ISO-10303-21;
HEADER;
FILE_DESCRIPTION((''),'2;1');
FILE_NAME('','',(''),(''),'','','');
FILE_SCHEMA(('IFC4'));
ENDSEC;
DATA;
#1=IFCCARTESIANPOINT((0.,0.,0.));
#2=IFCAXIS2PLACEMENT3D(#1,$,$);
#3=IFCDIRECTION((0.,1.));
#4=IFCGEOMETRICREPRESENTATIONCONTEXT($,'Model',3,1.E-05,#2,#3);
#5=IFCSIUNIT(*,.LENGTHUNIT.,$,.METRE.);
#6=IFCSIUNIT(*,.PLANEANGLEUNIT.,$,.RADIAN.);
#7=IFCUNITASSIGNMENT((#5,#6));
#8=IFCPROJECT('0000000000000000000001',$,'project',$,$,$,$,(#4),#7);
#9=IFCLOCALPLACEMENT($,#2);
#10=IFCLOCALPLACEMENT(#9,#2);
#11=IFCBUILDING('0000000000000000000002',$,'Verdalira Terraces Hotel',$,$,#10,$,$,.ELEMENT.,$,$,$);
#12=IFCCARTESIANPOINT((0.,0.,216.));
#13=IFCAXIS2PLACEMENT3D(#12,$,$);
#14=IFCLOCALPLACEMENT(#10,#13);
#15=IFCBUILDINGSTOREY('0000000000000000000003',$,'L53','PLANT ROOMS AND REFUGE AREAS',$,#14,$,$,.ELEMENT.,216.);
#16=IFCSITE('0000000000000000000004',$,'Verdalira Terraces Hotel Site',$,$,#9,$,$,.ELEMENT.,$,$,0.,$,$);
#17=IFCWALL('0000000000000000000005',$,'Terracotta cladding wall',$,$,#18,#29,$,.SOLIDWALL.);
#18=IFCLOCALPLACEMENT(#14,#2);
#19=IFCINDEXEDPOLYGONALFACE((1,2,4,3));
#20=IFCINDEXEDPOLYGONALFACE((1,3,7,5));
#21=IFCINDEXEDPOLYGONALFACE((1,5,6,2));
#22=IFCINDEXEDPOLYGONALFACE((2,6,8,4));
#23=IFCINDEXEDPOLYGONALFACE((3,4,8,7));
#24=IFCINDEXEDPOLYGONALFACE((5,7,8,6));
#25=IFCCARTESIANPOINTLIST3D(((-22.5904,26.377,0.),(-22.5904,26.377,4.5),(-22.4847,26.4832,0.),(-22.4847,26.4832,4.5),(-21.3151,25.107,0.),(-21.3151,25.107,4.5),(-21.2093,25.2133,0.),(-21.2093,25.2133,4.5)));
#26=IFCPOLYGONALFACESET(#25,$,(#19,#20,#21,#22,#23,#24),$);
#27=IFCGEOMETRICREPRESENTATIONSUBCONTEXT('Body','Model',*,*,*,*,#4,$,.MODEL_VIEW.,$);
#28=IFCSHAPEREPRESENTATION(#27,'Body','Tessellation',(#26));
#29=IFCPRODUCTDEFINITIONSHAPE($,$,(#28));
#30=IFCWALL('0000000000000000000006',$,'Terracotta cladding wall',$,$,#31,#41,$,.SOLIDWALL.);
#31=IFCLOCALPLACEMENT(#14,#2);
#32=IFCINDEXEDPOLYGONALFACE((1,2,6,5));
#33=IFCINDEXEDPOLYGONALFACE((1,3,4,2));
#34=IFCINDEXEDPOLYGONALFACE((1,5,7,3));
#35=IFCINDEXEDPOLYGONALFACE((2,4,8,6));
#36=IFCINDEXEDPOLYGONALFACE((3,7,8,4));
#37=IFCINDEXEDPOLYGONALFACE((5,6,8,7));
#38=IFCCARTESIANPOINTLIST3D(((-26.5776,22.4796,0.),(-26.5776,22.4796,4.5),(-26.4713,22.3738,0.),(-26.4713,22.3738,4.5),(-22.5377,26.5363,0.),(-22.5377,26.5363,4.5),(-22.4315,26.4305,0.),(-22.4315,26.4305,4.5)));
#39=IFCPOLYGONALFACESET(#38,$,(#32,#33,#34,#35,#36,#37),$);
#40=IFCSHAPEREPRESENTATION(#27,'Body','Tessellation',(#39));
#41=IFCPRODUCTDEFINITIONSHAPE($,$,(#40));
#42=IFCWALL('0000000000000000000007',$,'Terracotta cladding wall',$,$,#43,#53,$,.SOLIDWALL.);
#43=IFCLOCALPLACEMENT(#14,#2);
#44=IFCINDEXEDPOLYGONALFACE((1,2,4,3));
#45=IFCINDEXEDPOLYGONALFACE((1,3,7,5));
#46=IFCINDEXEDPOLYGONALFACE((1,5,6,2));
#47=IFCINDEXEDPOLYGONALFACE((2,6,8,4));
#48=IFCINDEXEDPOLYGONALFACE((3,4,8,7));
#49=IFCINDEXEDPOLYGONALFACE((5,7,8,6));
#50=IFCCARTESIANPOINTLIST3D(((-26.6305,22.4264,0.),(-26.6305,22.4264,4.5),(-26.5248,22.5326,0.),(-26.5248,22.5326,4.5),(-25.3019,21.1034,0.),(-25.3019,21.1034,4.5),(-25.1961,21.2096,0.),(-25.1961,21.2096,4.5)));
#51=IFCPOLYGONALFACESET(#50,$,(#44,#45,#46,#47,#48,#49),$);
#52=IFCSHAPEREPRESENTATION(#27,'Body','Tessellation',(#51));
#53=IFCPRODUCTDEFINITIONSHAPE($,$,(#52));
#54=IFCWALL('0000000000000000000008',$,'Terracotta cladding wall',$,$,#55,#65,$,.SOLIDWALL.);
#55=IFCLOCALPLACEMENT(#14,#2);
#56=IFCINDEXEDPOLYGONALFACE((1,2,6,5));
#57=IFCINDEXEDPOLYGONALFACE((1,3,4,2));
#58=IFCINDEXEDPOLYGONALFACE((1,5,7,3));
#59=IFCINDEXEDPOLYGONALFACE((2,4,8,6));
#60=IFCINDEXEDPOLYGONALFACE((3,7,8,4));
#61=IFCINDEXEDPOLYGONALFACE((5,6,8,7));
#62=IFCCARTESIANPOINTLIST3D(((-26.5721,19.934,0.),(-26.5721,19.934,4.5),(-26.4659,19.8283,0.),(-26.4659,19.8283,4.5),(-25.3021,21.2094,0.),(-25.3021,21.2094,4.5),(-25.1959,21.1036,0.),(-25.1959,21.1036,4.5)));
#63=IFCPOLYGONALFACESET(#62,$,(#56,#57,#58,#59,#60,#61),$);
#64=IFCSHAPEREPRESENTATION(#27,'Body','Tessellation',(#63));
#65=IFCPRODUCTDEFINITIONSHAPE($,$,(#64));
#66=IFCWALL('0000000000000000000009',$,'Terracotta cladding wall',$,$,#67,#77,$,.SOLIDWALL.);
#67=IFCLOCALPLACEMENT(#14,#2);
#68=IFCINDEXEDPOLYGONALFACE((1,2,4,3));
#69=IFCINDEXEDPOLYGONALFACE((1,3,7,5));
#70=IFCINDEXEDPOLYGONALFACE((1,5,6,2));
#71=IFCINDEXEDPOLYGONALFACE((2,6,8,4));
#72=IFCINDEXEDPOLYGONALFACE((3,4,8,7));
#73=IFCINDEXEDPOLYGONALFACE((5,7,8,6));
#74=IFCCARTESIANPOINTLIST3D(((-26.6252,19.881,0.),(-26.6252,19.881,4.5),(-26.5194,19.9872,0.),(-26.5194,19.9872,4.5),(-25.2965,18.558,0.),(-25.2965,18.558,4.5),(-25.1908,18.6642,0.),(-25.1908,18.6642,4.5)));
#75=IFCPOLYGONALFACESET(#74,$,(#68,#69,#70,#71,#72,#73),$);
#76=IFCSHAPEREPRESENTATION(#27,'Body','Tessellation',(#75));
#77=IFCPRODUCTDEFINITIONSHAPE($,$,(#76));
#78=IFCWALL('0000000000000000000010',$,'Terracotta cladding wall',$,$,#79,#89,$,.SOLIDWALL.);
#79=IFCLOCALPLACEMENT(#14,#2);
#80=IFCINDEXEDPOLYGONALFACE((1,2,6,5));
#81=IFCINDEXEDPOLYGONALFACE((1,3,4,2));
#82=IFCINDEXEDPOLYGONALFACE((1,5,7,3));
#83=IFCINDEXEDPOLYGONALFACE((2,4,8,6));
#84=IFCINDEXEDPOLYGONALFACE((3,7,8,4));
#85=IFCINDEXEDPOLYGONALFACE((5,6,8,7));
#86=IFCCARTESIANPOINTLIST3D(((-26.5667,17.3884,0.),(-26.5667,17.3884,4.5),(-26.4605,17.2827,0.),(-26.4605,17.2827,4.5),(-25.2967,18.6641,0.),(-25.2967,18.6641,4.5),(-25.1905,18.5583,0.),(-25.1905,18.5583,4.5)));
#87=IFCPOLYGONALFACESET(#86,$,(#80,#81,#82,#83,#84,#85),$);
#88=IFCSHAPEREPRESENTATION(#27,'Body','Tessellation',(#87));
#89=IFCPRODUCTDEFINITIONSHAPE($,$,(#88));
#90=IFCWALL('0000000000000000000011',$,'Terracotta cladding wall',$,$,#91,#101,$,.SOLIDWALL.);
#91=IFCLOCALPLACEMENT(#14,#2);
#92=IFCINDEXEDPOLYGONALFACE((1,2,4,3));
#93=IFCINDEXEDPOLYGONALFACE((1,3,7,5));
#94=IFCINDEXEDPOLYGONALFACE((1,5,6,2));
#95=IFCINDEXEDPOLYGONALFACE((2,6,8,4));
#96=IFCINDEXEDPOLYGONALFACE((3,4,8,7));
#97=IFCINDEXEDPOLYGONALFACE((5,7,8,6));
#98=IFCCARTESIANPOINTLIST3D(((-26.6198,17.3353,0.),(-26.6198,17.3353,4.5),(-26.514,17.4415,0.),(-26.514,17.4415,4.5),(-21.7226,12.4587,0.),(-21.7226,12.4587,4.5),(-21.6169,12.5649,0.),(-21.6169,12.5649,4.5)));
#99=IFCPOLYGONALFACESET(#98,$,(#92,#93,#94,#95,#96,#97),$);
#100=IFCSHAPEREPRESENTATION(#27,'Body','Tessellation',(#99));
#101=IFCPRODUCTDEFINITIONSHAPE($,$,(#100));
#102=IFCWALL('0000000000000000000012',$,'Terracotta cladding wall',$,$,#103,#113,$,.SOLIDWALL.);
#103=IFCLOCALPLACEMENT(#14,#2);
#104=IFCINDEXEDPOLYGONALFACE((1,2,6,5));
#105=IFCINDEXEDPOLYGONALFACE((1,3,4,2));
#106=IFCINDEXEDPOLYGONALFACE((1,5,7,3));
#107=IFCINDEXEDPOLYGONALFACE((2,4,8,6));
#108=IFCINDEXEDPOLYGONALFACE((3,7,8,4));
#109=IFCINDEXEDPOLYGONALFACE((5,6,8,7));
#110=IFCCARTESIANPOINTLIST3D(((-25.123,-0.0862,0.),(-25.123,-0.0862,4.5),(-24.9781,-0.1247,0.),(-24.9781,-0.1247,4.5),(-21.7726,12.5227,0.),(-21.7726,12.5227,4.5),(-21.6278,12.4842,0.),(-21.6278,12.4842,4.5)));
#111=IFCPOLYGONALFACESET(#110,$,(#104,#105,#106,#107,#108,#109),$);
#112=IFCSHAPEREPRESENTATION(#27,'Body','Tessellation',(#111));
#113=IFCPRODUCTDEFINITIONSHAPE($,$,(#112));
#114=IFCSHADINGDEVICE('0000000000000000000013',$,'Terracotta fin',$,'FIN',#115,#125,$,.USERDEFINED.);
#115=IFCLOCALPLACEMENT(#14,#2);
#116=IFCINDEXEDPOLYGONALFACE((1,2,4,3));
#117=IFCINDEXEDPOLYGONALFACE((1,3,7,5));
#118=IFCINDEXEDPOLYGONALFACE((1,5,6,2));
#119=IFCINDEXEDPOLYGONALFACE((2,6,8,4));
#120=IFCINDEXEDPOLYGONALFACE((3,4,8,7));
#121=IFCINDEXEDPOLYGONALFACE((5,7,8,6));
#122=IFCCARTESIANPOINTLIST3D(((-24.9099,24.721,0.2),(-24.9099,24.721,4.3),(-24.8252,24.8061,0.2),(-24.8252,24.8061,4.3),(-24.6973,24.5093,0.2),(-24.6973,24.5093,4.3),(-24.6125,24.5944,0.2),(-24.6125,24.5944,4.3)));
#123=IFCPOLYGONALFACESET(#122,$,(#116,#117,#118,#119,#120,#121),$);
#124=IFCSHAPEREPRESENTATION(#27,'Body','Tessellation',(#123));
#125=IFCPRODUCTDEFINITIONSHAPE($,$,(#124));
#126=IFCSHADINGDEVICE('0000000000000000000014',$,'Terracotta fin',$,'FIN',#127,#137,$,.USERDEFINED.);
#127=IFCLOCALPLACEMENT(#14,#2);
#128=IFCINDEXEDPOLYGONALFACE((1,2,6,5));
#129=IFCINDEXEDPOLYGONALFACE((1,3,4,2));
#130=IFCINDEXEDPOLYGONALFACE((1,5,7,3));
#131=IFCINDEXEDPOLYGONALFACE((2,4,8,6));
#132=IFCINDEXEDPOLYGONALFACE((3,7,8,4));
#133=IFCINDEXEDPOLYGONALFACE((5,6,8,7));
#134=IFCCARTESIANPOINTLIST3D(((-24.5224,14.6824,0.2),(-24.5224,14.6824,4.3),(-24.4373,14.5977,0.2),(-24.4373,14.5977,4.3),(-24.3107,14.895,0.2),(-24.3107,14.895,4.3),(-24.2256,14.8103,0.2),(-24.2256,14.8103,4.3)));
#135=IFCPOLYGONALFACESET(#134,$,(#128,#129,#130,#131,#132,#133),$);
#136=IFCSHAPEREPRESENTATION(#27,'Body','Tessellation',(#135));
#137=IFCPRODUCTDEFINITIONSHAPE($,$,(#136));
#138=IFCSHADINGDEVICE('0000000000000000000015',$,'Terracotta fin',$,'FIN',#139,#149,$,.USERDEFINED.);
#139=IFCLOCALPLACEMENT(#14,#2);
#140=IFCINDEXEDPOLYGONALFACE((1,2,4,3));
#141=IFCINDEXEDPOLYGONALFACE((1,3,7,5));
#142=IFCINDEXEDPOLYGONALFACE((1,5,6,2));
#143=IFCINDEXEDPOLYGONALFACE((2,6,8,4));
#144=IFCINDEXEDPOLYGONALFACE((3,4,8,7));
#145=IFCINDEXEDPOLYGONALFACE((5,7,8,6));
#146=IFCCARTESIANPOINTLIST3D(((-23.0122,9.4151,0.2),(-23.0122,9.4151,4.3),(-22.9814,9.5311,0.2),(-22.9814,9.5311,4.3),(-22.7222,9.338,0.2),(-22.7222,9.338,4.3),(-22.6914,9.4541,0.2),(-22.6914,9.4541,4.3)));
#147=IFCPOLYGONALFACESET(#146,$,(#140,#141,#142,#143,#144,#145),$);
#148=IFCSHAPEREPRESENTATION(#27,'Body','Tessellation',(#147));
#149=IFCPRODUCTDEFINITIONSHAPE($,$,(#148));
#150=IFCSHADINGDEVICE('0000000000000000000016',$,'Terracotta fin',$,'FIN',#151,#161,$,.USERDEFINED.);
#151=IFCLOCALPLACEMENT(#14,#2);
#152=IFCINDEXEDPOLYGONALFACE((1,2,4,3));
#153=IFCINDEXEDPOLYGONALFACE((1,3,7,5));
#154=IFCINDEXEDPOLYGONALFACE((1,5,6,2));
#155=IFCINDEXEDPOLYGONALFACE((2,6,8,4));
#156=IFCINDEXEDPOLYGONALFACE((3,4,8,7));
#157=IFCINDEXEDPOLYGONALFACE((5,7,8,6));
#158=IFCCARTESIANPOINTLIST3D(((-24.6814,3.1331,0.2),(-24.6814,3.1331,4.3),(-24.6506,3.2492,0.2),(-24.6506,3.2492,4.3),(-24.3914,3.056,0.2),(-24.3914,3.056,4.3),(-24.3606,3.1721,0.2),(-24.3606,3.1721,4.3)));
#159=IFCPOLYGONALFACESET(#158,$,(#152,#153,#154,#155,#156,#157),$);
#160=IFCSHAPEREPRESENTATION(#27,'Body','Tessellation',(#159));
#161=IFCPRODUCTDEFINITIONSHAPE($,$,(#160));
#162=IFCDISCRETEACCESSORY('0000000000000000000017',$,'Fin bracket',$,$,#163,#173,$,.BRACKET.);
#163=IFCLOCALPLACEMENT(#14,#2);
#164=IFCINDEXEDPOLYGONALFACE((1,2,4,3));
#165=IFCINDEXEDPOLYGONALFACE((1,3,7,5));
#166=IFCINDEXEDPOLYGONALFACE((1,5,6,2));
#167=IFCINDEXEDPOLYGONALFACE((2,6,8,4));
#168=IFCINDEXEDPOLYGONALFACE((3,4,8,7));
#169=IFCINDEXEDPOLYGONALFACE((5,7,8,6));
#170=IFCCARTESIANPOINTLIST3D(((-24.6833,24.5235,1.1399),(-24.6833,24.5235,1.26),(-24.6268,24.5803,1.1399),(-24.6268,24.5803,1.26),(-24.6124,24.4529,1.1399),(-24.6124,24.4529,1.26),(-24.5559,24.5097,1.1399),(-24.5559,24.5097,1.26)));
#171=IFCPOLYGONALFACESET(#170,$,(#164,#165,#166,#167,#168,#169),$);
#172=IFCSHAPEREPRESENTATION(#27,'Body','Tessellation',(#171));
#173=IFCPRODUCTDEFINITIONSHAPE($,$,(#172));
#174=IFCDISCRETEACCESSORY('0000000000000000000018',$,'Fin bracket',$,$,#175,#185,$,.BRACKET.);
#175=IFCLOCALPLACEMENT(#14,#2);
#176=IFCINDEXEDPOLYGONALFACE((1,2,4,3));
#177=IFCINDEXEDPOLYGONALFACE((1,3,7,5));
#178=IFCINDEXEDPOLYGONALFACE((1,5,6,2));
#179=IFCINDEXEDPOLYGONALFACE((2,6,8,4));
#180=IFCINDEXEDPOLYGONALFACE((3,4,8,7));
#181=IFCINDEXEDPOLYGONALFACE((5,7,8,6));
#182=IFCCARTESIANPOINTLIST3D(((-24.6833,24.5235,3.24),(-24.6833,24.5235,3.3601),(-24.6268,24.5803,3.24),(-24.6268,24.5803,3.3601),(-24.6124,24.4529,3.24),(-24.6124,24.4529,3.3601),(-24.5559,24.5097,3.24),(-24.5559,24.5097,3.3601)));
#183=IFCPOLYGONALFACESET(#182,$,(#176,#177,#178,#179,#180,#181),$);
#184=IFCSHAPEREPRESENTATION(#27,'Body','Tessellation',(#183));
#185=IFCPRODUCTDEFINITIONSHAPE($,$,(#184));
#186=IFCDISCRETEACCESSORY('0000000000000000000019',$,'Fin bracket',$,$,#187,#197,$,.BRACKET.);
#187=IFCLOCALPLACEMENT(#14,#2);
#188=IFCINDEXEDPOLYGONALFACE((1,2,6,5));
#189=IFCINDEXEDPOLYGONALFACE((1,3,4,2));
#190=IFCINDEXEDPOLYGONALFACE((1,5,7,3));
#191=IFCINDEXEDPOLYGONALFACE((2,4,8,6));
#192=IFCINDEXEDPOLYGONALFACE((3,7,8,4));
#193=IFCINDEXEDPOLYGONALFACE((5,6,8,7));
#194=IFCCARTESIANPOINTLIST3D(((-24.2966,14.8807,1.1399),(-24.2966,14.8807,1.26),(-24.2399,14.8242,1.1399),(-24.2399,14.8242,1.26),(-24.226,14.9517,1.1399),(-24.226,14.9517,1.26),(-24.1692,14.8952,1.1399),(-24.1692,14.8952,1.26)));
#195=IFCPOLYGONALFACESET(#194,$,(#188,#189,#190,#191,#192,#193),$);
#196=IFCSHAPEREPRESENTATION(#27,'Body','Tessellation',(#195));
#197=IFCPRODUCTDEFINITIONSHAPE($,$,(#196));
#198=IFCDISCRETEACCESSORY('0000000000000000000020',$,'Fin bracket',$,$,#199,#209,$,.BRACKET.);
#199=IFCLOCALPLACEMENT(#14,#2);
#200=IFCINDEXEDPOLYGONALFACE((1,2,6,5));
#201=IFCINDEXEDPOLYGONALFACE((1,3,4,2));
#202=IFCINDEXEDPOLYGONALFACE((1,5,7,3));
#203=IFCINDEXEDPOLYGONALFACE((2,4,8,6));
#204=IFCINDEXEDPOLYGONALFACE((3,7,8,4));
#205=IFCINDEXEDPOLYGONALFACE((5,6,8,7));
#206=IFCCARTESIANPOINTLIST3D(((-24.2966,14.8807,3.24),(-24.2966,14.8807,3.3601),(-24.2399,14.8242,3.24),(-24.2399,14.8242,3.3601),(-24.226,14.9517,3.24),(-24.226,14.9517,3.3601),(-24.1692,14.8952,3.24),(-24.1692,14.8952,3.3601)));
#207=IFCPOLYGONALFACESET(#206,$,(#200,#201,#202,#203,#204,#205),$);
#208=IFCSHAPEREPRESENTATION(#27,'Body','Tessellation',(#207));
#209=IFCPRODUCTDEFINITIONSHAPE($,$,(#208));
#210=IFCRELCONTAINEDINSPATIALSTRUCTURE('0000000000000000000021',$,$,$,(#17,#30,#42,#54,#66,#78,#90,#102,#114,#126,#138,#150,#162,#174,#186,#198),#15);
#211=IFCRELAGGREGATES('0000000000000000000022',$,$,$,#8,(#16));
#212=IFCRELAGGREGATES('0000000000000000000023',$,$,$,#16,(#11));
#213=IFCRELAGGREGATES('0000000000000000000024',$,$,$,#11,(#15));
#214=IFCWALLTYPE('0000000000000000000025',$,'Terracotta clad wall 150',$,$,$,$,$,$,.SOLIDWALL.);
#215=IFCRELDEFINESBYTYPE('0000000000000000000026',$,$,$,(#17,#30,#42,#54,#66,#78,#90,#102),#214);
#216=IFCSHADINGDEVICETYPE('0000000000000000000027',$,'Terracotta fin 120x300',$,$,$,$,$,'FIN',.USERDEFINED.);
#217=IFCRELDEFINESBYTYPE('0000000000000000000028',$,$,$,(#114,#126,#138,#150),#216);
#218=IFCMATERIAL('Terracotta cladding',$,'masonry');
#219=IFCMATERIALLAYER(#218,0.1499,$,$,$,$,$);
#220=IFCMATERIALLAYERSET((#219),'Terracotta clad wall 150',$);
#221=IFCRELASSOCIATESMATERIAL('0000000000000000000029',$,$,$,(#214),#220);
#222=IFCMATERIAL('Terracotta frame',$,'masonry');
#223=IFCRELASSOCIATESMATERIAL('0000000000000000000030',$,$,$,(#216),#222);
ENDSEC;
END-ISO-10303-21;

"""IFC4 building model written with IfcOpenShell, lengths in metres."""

from ifc_helpers import new_model, si_unit, direction, frame, frame_2d, origin, origin_2d, place, context, subcontext, project, spatial, rectangle, extrude, material, layer, layer_set, material_profile, profile_set, type_object, element, save


model = new_model("IFC4")

# Units and contexts
model_context = context("Model", 3, precision=1e-05, world=origin(), true_north=direction((0.0, 1.0)))
body_context = subcontext(model_context, "Body", "Model", "MODEL_VIEW")
ifc_project = project(units=[si_unit("LENGTHUNIT", "METRE"), si_unit("PLANEANGLEUNIT", "RADIAN")], contexts=[model_context])

# Site, building, storey
site_placement = place(None, origin())
site = spatial("IfcSite", under=ifc_project, at=site_placement, Name="Verdalira Terraces Hotel Site", CompositionType="ELEMENT", RefElevation=0.0)
building_placement = place(site_placement, origin())
building = spatial("IfcBuilding", under=site, at=building_placement, Name="Verdalira Terraces Hotel", CompositionType="ELEMENT")
storey_placement = place(building_placement, frame((0.0, 0.0, 216.0)))
storey = spatial("IfcBuildingStorey", under=building, at=storey_placement, Name="L53", Description="PLANT ROOMS AND REFUGE AREAS", CompositionType="ELEMENT", Elevation=216.0)

# Walls
ifc_material_1 = material(Name="Terracotta cladding", Category="masonry")
ifc_layer_1 = layer(ifc_material_1, 0.1499)
ifc_layer_set_1 = layer_set([ifc_layer_1], Name="Terracotta clad wall 150")
wall_type_1 = type_object("IfcWallType", Name="Terracotta clad wall 150", PredefinedType="SOLIDWALL", material=ifc_layer_set_1)
wall_1_placement = place(storey_placement, frame((-21.2622, 25.1602, 0.0), z_axis=(0.0, 0.0, 1.0), x_axis=(-0.708597, 0.705613, 0.0)))
element("IfcWall", 1, at=wall_1_placement, inside=storey, type_object=wall_type_1, Name="Terracotta cladding wall", PredefinedType="SOLIDWALL", context=body_context, shape_type="SweptSolid", body=[
    extrude(rectangle(XDim=1.7998, YDim=0.1499, at=frame_2d((0.8999, 0.0))), origin(), (0.0, 0.0, 1.0), 4.5),
])
wall_2_placement = place(storey_placement, frame((-22.4846, 26.4834, 0.0), z_axis=(0.0, 0.0, 1.0), x_axis=(-0.705634, -0.708576, 0.0)))
element("IfcWall", 2, at=wall_2_placement, inside=storey, type_object=wall_type_1, Name="Terracotta cladding wall", PredefinedType="SOLIDWALL", context=body_context, shape_type="SweptSolid", body=[
    extrude(rectangle(XDim=5.7251, YDim=0.1499, at=frame_2d((2.8625, 0.0))), origin(), (0.0, 0.0, 1.0), 4.5),
])
wall_3_placement = place(storey_placement, frame((-26.5776, 22.4795, 0.0), z_axis=(0.0, 0.0, 1.0), x_axis=(0.708603, -0.705608, 0.0)))
element("IfcWall", 3, at=wall_3_placement, inside=storey, type_object=wall_type_1, Name="Terracotta cladding wall", PredefinedType="SOLIDWALL", context=body_context, shape_type="SweptSolid", body=[
    extrude(rectangle(XDim=1.875, YDim=0.1499, at=frame_2d((0.9375, 0.0))), origin(), (0.0, 0.0, 1.0), 4.5),
])
wall_4_placement = place(storey_placement, frame((-25.249, 21.1565, 0.0), z_axis=(0.0, 0.0, 1.0), x_axis=(-0.705613, -0.708597, 0.0)))
element("IfcWall", 4, at=wall_4_placement, inside=storey, type_object=wall_type_1, Name="Terracotta cladding wall", PredefinedType="SOLIDWALL", context=body_context, shape_type="SweptSolid", body=[
    extrude(rectangle(XDim=1.7998, YDim=0.1499, at=frame_2d((0.8999, 0.0))), origin(), (0.0, 0.0, 1.0), 4.5),
])
wall_5_placement = place(storey_placement, frame((-26.5723, 19.9341, 0.0), z_axis=(0.0, 0.0, 1.0), x_axis=(0.708603, -0.705608, 0.0)))
element("IfcWall", 5, at=wall_5_placement, inside=storey, type_object=wall_type_1, Name="Terracotta cladding wall", PredefinedType="SOLIDWALL", context=body_context, shape_type="SweptSolid", body=[
    extrude(rectangle(XDim=1.875, YDim=0.1499, at=frame_2d((0.9375, 0.0))), origin(), (0.0, 0.0, 1.0), 4.5),
])
wall_6_placement = place(storey_placement, frame((-25.2437, 18.6111, 0.0), z_axis=(0.0, 0.0, 1.0), x_axis=(-0.705545, -0.708665, 0.0)))
element("IfcWall", 6, at=wall_6_placement, inside=storey, type_object=wall_type_1, Name="Terracotta cladding wall", PredefinedType="SOLIDWALL", context=body_context, shape_type="SweptSolid", body=[
    extrude(rectangle(XDim=1.8, YDim=0.1499, at=frame_2d((0.8999, 0.0))), origin(), (0.0, 0.0, 1.0), 4.5),
])
wall_7_placement = place(storey_placement, frame((-26.5669, 17.3884, 0.0), z_axis=(0.0, 0.0, 1.0), x_axis=(0.708589, -0.705622, 0.0)))
element("IfcWall", 7, at=wall_7_placement, inside=storey, type_object=wall_type_1, Name="Terracotta cladding wall", PredefinedType="SOLIDWALL", context=body_context, shape_type="SweptSolid", body=[
    extrude(rectangle(XDim=6.9111, YDim=0.1499, at=frame_2d((3.4556, 0.0))), origin(), (0.0, 0.0, 1.0), 4.5),
])
wall_8_placement = place(storey_placement, frame((-21.7002, 12.5034, 0.0), z_axis=(0.0, 0.0, 1.0), x_axis=(-0.256802, -0.966464, 0.0)))
element("IfcWall", 8, at=wall_8_placement, inside=storey, type_object=wall_type_1, Name="Terracotta cladding wall", PredefinedType="SOLIDWALL", context=body_context, shape_type="SweptSolid", body=[
    extrude(rectangle(XDim=13.0464, YDim=0.1499, at=frame_2d((6.5232, 0.0))), origin(), (0.0, 0.0, 1.0), 4.5),
])

# Shading devices
ifc_material_2 = material(Name="Terracotta frame", Category="masonry")
ifc_material_profile_1 = material_profile(ifc_material_2, rectangle(XDim=0.1201, YDim=0.3, at=origin_2d()), Name="FIN 120x300")
ifc_profile_set_1 = profile_set([ifc_material_profile_1], Name="Terracotta frame")
shading_device_type = type_object("IfcShadingDeviceType", Name="Terracotta fin 120x300", ElementType="FIN", PredefinedType="USERDEFINED", material=ifc_profile_set_1)
for number, where, z_axis, x_axis, name in (
    (9, (-24.7612, 24.6577, 0.2), (0.0, 0.0, 1.0), (-0.705624, -0.708586, 0.0), "Terracotta fin"),
    (10, (-24.374, 14.7463, 0.2), (0.0, 0.0, 1.0), (0.708586, -0.705624, 0.0), "Terracotta fin"),
    (11, (-22.8518, 9.4346, 0.2), (0.0, 0.0, 1.0), (-0.256795, -0.966466, 0.0), "Terracotta fin"),
    (12, (-24.521, 3.1526, 0.2), (0.0, 0.0, 1.0), (-0.256795, -0.966466, 0.0), "Terracotta fin"),
):
    element("IfcShadingDevice", number, at=place(storey_placement, frame(where, z_axis=z_axis, x_axis=x_axis)), inside=storey, type_object=shading_device_type, Name=name, ObjectType="FIN", PredefinedType="USERDEFINED", context=body_context, shape_type="SweptSolid", body=[
        extrude(rectangle(XDim=0.1201, YDim=0.3, at=origin_2d()), origin(), (0.0, 0.0, 1.0), 4.1001),
    ])

# Discrete accessories
for number, where, z_axis, x_axis, name in (
    (13, (-24.6196, 24.5166, 1.1399), (0.0, 0.0, 1.0), (-0.705624, -0.708586, 0.0), "Fin bracket"),
    (14, (-24.6196, 24.5166, 3.24), (0.0, 0.0, 1.0), (-0.705624, -0.708586, 0.0), "Fin bracket"),
    (15, (-24.2329, 14.8879, 1.1399), (0.0, 0.0, 1.0), (0.708586, -0.705624, 0.0), "Fin bracket"),
    (16, (-24.2329, 14.8879, 3.24), (0.0, 0.0, 1.0), (0.708586, -0.705624, 0.0), "Fin bracket"),
):
    element("IfcDiscreteAccessory", number, at=place(storey_placement, frame(where, z_axis=z_axis, x_axis=x_axis)), inside=storey, Name=name, PredefinedType="BRACKET", context=body_context, shape_type="SweptSolid", body=[
        extrude(rectangle(XDim=0.0801, YDim=0.1001, at=origin_2d()), origin(), (0.0, 0.0, 1.0), 0.1201),
    ])

save(model, "model.ifc")
